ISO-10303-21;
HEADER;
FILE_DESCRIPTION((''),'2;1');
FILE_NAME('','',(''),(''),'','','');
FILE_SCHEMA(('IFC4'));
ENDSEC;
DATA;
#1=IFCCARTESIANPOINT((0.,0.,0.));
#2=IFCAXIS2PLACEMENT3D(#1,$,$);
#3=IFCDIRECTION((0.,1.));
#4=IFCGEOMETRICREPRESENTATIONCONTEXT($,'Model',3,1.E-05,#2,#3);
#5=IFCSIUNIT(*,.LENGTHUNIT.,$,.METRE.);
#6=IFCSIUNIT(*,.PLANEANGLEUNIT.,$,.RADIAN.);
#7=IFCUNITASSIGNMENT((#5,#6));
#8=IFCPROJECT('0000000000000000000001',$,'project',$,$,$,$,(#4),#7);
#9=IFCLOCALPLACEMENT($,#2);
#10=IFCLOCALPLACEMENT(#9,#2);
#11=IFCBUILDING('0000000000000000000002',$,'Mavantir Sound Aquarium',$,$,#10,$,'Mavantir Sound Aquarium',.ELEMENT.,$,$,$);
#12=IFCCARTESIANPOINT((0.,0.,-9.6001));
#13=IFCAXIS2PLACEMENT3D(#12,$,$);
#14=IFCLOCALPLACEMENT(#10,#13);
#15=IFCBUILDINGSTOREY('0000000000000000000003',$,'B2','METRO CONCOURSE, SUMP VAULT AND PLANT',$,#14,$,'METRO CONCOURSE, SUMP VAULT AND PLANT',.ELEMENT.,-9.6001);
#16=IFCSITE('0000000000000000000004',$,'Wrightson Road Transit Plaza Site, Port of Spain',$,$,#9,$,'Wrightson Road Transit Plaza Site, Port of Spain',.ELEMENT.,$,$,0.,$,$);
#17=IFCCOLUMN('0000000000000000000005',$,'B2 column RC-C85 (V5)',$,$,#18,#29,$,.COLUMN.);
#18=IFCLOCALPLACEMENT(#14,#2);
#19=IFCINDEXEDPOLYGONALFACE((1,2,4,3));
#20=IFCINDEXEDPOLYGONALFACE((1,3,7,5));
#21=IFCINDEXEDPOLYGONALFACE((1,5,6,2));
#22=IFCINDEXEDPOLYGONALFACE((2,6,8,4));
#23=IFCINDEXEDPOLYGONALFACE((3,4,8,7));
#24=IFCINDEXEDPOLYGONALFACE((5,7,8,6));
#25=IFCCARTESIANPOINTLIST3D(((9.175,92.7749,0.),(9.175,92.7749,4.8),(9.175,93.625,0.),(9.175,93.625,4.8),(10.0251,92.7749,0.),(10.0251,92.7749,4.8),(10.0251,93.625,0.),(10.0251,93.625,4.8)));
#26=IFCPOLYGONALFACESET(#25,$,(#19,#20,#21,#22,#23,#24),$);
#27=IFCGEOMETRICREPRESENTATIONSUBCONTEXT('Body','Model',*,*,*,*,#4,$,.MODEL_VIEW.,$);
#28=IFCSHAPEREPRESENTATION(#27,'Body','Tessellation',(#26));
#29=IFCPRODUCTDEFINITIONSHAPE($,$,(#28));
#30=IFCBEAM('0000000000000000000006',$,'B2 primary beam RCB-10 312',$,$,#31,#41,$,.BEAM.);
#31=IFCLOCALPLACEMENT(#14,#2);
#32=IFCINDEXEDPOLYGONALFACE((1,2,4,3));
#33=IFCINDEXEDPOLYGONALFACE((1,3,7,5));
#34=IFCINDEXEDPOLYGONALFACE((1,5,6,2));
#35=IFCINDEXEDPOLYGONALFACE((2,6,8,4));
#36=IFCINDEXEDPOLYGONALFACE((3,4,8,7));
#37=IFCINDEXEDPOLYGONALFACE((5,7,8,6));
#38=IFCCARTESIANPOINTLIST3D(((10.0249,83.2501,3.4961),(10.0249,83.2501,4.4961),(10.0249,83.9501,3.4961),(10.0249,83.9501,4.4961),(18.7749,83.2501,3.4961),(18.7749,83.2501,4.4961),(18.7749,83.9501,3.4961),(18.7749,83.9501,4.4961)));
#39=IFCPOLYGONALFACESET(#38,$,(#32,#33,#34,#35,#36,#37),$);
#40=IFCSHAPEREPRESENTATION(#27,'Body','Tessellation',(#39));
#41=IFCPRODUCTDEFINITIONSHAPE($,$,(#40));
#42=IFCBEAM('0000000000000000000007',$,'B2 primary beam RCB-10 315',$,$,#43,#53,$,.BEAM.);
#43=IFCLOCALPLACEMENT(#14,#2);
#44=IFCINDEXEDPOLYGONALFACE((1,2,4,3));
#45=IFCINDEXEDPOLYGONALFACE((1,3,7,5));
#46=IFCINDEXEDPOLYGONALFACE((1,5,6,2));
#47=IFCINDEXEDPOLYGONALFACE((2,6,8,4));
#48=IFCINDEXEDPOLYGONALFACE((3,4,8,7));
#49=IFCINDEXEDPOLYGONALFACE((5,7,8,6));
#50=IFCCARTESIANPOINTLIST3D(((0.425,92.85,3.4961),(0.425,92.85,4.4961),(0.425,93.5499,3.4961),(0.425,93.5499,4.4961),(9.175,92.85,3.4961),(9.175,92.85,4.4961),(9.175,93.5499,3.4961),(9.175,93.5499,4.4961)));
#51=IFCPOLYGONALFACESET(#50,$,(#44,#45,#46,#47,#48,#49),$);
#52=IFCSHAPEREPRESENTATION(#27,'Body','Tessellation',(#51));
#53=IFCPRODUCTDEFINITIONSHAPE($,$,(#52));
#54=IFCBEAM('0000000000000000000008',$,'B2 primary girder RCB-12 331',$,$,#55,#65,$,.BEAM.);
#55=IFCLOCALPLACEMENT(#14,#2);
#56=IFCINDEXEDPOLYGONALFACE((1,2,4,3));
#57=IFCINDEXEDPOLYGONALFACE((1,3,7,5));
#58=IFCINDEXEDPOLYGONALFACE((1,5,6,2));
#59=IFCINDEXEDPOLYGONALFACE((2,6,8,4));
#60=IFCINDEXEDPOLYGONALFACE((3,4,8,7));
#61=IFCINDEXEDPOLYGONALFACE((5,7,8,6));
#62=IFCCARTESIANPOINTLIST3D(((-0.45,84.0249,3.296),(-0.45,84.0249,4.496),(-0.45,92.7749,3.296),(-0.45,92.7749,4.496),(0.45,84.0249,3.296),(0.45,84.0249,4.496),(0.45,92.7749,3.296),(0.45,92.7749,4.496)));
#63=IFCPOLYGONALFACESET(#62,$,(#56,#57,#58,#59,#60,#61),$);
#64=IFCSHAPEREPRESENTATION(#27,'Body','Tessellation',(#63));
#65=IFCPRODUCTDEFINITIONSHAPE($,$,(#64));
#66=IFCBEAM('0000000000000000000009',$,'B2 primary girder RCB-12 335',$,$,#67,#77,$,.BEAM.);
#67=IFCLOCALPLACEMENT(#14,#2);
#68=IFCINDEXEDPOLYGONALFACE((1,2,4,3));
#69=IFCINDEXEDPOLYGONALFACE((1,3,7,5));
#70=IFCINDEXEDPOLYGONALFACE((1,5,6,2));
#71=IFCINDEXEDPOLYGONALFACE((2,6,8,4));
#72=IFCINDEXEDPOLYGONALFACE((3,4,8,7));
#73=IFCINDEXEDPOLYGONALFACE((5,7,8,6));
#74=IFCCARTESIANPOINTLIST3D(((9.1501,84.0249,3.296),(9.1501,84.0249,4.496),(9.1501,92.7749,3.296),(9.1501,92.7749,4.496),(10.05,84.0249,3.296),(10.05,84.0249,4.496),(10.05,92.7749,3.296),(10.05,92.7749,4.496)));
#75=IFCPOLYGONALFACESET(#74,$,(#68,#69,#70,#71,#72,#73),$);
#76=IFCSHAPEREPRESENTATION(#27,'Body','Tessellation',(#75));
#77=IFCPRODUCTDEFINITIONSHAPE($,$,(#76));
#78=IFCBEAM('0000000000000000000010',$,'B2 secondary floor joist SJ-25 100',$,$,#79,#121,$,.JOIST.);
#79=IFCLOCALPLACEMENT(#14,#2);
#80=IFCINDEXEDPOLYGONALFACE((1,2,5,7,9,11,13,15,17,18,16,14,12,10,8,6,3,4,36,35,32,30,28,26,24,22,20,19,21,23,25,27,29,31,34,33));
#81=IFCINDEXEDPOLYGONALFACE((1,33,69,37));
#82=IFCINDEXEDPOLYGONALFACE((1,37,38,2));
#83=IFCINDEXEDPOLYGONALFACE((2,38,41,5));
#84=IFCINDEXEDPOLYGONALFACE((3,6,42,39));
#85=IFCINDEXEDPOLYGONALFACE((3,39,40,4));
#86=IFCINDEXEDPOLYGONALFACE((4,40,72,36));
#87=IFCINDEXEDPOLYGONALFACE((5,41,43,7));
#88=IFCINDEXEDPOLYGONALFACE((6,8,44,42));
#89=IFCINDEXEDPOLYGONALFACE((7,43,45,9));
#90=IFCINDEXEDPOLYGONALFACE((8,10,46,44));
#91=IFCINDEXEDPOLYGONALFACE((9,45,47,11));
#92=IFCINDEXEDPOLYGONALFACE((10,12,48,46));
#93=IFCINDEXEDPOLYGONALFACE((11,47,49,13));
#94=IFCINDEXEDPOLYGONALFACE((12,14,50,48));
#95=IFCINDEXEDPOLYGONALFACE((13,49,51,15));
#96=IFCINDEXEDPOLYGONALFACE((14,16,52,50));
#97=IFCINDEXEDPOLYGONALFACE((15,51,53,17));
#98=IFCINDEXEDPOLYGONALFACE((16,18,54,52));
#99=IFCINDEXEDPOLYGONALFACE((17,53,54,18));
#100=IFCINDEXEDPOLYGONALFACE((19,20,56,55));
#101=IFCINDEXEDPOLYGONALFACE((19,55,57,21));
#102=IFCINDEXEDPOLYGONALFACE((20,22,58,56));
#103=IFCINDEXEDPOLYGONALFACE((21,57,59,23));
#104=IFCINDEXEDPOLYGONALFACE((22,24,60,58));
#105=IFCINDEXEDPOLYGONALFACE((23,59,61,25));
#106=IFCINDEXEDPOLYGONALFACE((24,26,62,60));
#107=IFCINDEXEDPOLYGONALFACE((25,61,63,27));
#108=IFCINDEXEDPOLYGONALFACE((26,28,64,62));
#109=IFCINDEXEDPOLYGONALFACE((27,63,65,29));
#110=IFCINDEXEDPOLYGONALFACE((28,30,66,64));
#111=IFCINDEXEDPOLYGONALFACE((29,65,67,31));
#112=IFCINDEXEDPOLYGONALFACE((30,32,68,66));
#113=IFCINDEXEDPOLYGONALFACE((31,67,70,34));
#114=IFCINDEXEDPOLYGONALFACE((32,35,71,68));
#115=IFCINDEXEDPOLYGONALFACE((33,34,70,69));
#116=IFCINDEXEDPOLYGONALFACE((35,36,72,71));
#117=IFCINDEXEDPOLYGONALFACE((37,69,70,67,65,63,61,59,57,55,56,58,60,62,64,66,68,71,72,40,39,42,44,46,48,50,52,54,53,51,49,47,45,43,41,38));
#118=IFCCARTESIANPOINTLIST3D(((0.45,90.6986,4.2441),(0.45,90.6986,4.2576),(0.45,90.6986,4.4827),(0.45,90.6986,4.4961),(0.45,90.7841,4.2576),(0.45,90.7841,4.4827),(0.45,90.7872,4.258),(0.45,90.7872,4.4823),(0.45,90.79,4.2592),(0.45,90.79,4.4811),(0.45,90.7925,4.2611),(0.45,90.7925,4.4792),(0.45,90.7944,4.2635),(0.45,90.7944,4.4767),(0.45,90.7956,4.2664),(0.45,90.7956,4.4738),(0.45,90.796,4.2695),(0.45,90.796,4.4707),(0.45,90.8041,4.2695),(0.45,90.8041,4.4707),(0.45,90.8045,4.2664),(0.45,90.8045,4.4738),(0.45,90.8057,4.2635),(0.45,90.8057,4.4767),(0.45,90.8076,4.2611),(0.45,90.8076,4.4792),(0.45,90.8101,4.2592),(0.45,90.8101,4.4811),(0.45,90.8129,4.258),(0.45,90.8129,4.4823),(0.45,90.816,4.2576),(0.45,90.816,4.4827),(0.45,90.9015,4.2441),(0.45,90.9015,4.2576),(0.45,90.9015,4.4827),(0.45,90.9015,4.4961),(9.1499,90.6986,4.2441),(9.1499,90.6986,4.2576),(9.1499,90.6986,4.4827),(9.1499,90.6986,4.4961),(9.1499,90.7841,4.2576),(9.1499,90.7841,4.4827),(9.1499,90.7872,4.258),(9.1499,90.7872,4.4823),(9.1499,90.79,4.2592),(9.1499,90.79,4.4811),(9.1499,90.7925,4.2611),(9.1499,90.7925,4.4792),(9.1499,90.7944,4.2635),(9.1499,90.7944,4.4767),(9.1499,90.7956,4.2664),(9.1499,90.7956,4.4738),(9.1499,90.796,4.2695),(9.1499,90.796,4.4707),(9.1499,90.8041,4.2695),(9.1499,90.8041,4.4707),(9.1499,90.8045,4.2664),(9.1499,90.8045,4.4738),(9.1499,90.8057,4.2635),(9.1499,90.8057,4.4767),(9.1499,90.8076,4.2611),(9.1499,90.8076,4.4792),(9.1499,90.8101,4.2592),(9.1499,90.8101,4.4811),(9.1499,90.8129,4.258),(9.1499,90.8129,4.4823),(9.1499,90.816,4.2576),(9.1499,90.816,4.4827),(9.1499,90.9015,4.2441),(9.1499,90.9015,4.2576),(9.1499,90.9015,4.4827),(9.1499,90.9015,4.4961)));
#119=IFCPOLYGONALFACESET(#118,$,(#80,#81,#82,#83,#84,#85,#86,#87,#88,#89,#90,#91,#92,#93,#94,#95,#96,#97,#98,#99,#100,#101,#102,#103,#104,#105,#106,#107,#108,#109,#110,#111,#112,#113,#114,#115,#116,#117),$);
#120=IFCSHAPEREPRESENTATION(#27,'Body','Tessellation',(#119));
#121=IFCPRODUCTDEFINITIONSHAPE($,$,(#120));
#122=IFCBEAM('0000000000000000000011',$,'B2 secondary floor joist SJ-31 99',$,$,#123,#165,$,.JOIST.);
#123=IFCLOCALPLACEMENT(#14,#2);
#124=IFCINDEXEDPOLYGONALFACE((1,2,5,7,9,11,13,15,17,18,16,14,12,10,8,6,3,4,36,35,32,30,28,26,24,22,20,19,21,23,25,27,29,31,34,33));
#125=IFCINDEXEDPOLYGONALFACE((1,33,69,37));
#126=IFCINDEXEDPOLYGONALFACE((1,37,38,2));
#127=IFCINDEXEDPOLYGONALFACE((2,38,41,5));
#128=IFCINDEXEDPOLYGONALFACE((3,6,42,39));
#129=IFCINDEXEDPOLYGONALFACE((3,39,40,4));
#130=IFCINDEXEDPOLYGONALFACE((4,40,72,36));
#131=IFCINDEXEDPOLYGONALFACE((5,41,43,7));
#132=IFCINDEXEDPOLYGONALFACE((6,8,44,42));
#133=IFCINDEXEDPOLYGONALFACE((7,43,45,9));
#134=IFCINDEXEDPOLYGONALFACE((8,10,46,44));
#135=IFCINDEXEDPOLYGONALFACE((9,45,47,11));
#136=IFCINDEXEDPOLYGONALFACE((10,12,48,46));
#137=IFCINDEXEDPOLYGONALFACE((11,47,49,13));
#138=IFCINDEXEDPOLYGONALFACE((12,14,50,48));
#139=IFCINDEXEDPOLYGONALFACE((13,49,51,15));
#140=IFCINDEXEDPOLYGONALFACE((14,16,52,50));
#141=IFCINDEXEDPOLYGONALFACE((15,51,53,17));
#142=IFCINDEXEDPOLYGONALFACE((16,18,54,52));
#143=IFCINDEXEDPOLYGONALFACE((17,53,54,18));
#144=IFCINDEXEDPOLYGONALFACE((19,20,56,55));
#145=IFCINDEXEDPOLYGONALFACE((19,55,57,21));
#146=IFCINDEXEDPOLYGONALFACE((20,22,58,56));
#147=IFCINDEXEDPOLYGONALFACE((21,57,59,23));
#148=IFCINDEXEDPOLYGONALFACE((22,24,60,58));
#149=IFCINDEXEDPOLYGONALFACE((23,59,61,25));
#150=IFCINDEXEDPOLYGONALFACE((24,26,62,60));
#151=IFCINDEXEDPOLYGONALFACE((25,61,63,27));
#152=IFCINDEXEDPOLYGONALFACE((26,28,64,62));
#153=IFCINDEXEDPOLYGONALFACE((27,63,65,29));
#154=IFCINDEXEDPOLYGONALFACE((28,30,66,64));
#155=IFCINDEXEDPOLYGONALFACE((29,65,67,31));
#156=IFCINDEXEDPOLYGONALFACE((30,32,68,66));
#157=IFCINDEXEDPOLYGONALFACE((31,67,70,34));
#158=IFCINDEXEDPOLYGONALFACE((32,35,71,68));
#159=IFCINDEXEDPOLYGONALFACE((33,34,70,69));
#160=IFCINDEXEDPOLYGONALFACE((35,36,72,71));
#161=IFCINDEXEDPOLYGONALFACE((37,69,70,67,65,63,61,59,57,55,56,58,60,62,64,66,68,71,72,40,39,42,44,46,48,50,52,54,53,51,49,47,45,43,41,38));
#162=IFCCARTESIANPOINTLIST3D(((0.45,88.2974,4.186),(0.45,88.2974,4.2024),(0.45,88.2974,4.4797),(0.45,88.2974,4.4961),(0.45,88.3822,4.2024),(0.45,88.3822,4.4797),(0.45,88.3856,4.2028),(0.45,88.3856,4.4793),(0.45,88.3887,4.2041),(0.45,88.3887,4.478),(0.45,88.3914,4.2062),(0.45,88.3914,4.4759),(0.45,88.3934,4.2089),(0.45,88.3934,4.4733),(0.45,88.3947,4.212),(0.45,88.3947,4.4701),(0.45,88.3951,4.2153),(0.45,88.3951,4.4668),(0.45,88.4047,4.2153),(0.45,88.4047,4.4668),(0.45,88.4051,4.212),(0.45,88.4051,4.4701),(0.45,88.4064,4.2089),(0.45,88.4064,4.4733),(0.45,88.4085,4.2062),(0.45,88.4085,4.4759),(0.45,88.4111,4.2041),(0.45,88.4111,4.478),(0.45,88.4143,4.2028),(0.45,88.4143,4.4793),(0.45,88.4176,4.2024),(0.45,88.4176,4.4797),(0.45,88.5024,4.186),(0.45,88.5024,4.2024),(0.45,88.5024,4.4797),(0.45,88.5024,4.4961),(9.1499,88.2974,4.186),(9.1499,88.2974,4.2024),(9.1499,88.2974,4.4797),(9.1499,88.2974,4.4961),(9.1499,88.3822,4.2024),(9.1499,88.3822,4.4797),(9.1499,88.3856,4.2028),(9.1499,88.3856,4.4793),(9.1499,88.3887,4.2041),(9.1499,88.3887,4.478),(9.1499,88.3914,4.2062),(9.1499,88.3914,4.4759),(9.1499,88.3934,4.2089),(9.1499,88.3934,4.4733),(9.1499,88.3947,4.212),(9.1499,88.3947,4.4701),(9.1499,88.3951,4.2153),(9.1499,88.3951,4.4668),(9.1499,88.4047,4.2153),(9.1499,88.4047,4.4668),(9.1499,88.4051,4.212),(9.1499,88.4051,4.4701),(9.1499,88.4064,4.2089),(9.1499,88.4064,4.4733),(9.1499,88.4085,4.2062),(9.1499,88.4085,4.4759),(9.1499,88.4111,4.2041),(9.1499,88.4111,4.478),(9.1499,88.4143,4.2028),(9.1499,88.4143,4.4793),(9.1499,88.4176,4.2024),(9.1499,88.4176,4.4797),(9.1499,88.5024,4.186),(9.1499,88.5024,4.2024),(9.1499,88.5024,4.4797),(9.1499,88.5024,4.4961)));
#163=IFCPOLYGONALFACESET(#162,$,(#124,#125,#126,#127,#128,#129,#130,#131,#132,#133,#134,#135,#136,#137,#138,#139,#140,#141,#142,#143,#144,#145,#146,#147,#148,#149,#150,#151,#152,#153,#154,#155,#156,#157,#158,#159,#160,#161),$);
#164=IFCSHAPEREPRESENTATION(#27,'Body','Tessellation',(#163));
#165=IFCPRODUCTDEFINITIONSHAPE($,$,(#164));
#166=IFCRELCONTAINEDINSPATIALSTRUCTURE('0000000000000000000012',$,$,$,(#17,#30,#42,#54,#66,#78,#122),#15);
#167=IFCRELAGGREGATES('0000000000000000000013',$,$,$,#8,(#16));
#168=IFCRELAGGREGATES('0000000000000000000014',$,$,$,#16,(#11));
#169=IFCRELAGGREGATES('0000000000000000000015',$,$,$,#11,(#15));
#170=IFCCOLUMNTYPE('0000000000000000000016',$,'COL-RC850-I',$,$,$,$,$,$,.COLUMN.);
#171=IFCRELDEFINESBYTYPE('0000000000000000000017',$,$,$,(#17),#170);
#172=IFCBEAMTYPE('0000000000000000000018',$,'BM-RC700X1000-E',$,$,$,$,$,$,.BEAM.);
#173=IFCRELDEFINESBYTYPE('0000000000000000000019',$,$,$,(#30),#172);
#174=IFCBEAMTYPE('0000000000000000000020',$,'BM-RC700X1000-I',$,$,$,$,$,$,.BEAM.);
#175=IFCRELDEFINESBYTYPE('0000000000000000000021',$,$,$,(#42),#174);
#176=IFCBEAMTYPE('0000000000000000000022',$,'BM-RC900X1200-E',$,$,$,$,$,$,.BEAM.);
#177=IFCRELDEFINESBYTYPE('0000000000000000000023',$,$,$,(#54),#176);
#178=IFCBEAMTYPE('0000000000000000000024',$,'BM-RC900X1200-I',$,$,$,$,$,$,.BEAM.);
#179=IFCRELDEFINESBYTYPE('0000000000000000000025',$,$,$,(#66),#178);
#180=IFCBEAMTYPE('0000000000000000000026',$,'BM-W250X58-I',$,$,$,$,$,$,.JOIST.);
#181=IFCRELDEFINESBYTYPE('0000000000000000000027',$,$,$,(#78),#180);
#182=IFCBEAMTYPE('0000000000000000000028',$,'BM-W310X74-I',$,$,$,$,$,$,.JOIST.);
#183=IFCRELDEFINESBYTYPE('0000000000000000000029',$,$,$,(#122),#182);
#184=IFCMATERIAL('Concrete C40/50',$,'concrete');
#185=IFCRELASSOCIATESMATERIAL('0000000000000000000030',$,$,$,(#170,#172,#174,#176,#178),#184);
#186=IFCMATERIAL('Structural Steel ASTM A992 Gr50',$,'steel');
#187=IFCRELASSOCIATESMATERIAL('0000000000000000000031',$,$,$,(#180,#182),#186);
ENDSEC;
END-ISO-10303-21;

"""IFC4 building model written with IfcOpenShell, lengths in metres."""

from ifc_helpers import new_model, si_unit, direction, frame, origin, origin_2d, place, context, subcontext, project, spatial, rectangle, i_section, extrude, material, material_profile, profile_set, type_object, element, save


model = new_model("IFC4")

# Units and contexts
model_context = context("Model", 3, precision=1e-05, world=origin(), true_north=direction((0.0, 1.0)))
body_context = subcontext(model_context, "Body", "Model", "MODEL_VIEW")
ifc_project = project(units=[si_unit("LENGTHUNIT", "METRE"), si_unit("PLANEANGLEUNIT", "RADIAN")], contexts=[model_context])

# Site, building, storey
site_placement = place(None, origin())
site = spatial("IfcSite", under=ifc_project, at=site_placement, Name="Wrightson Road Transit Plaza Site, Port of Spain", LongName="Wrightson Road Transit Plaza Site, Port of Spain", CompositionType="ELEMENT", RefElevation=0.0)
building_placement = place(site_placement, origin())
building = spatial("IfcBuilding", under=site, at=building_placement, Name="Mavantir Sound Aquarium", LongName="Mavantir Sound Aquarium", CompositionType="ELEMENT")
storey_placement = place(building_placement, frame((0.0, 0.0, -9.6001)))
storey = spatial("IfcBuildingStorey", under=building, at=storey_placement, Name="B2", Description="METRO CONCOURSE, SUMP VAULT AND PLANT", LongName="METRO CONCOURSE, SUMP VAULT AND PLANT", CompositionType="ELEMENT", Elevation=-9.6001)

# Shared definitions
ifc_material_1 = material(Name="Concrete C40/50", Category="concrete")

# Column
ifc_material_profile_1 = material_profile(ifc_material_1, rectangle(XDim=0.8501, YDim=0.8501, at=origin_2d()), Name="RC 850X850")
ifc_profile_set_1 = profile_set([ifc_material_profile_1], Name="Concrete C40/50")
column_type_1 = type_object("IfcColumnType", Name="COL-RC850-I", PredefinedType="COLUMN", material=ifc_profile_set_1)
for number, where, z_axis, x_axis, name in (
    (1, (9.6001, 93.2, 0.0), (0.0, 0.0, 1.0), (1.0, 0.0, 0.0), "B2 column RC-C85 (V5)"),
):
    element("IfcColumn", number, at=place(storey_placement, frame(where, z_axis=z_axis, x_axis=x_axis)), inside=storey, type_object=column_type_1, Name=name, PredefinedType="COLUMN", context=body_context, shape_type="SweptSolid", body=[
        extrude(rectangle(XDim=0.8501, YDim=0.8501, at=origin_2d()), origin(), (0.0, 0.0, 1.0), 4.8),
    ])

# Beams
ifc_material_profile_2 = material_profile(ifc_material_1, rectangle(XDim=0.7, YDim=1.0, at=origin_2d()), Name="RC 700X1000")
ifc_profile_set_2 = profile_set([ifc_material_profile_2], Name="Concrete C40/50")
beam_type_1 = type_object("IfcBeamType", Name="BM-RC700X1000-E", PredefinedType="BEAM", material=ifc_profile_set_2)
beam_1_placement = place(storey_placement, frame((10.0249, 83.6001, 3.9961), z_axis=(1.0, 0.0, 0.0), x_axis=(0.0, 1.0, 0.0)))
element("IfcBeam", 2, at=beam_1_placement, inside=storey, type_object=beam_type_1, Name="B2 primary beam RCB-10 312", PredefinedType="BEAM", context=body_context, shape_type="SweptSolid", body=[
    extrude(rectangle(XDim=0.7, YDim=1.0, at=origin_2d()), origin(), (0.0, 0.0, 1.0), 8.75),
])
ifc_material_profile_3 = material_profile(ifc_material_1, rectangle(XDim=0.7, YDim=1.0, at=origin_2d()), Name="RC 700X1000")
ifc_profile_set_3 = profile_set([ifc_material_profile_3], Name="Concrete C40/50")
beam_type_2 = type_object("IfcBeamType", Name="BM-RC700X1000-I", PredefinedType="BEAM", material=ifc_profile_set_3)
beam_2_placement = place(storey_placement, frame((0.425, 93.2, 3.9961), z_axis=(1.0, 0.0, 0.0), x_axis=(0.0, 1.0, 0.0)))
element("IfcBeam", 3, at=beam_2_placement, inside=storey, type_object=beam_type_2, Name="B2 primary beam RCB-10 315", PredefinedType="BEAM", context=body_context, shape_type="SweptSolid", body=[
    extrude(rectangle(XDim=0.7, YDim=1.0, at=origin_2d()), origin(), (0.0, 0.0, 1.0), 8.75),
])
ifc_material_profile_4 = material_profile(ifc_material_1, rectangle(XDim=0.8999, YDim=1.2, at=origin_2d()), Name="RC 900X1200")
ifc_profile_set_4 = profile_set([ifc_material_profile_4], Name="Concrete C40/50")
beam_type_3 = type_object("IfcBeamType", Name="BM-RC900X1200-E", PredefinedType="BEAM", material=ifc_profile_set_4)
beam_3_placement = place(storey_placement, frame((0.0, 84.0249, 3.896), z_axis=(0.0, 1.0, 0.0), x_axis=(-1.0, 0.0, 0.0)))
element("IfcBeam", 4, at=beam_3_placement, inside=storey, type_object=beam_type_3, Name="B2 primary girder RCB-12 331", PredefinedType="BEAM", context=body_context, shape_type="SweptSolid", body=[
    extrude(rectangle(XDim=0.8999, YDim=1.2, at=origin_2d()), origin(), (0.0, 0.0, 1.0), 8.75),
])
ifc_material_profile_5 = material_profile(ifc_material_1, rectangle(XDim=0.8999, YDim=1.2, at=origin_2d()), Name="RC 900X1200")
ifc_profile_set_5 = profile_set([ifc_material_profile_5], Name="Concrete C40/50")
beam_type_4 = type_object("IfcBeamType", Name="BM-RC900X1200-I", PredefinedType="BEAM", material=ifc_profile_set_5)
beam_4_placement = place(storey_placement, frame((9.6001, 84.0249, 3.896), z_axis=(0.0, 1.0, 0.0), x_axis=(-1.0, 0.0, 0.0)))
element("IfcBeam", 5, at=beam_4_placement, inside=storey, type_object=beam_type_4, Name="B2 primary girder RCB-12 335", PredefinedType="BEAM", context=body_context, shape_type="SweptSolid", body=[
    extrude(rectangle(XDim=0.8999, YDim=1.2, at=origin_2d()), origin(), (0.0, 0.0, 1.0), 8.75),
])
ifc_material_2 = material(Name="Structural Steel ASTM A992 Gr50", Category="steel")
ifc_material_profile_6 = material_profile(ifc_material_2, i_section(OverallWidth=0.2029, OverallDepth=0.252, WebThickness=0.0081, FlangeThickness=0.0134, FilletRadius=0.012, at=origin_2d()), Name="W250X58")
ifc_profile_set_6 = profile_set([ifc_material_profile_6], Name="Structural Steel ASTM A992 Gr50")
beam_type_5 = type_object("IfcBeamType", Name="BM-W250X58-I", PredefinedType="JOIST", material=ifc_profile_set_6)
beam_5_placement = place(storey_placement, frame((0.45, 90.8, 4.3701), z_axis=(1.0, 0.0, 0.0), x_axis=(0.0, 1.0, 0.0)))
element("IfcBeam", 6, at=beam_5_placement, inside=storey, type_object=beam_type_5, Name="B2 secondary floor joist SJ-25 100", PredefinedType="JOIST", context=body_context, shape_type="SweptSolid", body=[
    extrude(i_section(OverallWidth=0.2029, OverallDepth=0.252, WebThickness=0.0081, FlangeThickness=0.0134, FilletRadius=0.012, at=origin_2d()), origin(), (0.0, 0.0, 1.0), 8.7),
])
ifc_material_profile_7 = material_profile(ifc_material_2, i_section(OverallWidth=0.2051, OverallDepth=0.3101, WebThickness=0.0095, FlangeThickness=0.0164, FilletRadius=0.0129, at=origin_2d()), Name="W310X74")
ifc_profile_set_7 = profile_set([ifc_material_profile_7], Name="Structural Steel ASTM A992 Gr50")
beam_type_6 = type_object("IfcBeamType", Name="BM-W310X74-I", PredefinedType="JOIST", material=ifc_profile_set_7)
beam_6_placement = place(storey_placement, frame((0.45, 88.3999, 4.3411), z_axis=(1.0, 0.0, 0.0), x_axis=(0.0, 1.0, 0.0)))
element("IfcBeam", 7, at=beam_6_placement, inside=storey, type_object=beam_type_6, Name="B2 secondary floor joist SJ-31 99", PredefinedType="JOIST", context=body_context, shape_type="SweptSolid", body=[
    extrude(i_section(OverallWidth=0.2051, OverallDepth=0.3101, WebThickness=0.0095, FlangeThickness=0.0164, FilletRadius=0.0129, at=origin_2d()), origin(), (0.0, 0.0, 1.0), 8.7),
])

save(model, "model.ifc")
